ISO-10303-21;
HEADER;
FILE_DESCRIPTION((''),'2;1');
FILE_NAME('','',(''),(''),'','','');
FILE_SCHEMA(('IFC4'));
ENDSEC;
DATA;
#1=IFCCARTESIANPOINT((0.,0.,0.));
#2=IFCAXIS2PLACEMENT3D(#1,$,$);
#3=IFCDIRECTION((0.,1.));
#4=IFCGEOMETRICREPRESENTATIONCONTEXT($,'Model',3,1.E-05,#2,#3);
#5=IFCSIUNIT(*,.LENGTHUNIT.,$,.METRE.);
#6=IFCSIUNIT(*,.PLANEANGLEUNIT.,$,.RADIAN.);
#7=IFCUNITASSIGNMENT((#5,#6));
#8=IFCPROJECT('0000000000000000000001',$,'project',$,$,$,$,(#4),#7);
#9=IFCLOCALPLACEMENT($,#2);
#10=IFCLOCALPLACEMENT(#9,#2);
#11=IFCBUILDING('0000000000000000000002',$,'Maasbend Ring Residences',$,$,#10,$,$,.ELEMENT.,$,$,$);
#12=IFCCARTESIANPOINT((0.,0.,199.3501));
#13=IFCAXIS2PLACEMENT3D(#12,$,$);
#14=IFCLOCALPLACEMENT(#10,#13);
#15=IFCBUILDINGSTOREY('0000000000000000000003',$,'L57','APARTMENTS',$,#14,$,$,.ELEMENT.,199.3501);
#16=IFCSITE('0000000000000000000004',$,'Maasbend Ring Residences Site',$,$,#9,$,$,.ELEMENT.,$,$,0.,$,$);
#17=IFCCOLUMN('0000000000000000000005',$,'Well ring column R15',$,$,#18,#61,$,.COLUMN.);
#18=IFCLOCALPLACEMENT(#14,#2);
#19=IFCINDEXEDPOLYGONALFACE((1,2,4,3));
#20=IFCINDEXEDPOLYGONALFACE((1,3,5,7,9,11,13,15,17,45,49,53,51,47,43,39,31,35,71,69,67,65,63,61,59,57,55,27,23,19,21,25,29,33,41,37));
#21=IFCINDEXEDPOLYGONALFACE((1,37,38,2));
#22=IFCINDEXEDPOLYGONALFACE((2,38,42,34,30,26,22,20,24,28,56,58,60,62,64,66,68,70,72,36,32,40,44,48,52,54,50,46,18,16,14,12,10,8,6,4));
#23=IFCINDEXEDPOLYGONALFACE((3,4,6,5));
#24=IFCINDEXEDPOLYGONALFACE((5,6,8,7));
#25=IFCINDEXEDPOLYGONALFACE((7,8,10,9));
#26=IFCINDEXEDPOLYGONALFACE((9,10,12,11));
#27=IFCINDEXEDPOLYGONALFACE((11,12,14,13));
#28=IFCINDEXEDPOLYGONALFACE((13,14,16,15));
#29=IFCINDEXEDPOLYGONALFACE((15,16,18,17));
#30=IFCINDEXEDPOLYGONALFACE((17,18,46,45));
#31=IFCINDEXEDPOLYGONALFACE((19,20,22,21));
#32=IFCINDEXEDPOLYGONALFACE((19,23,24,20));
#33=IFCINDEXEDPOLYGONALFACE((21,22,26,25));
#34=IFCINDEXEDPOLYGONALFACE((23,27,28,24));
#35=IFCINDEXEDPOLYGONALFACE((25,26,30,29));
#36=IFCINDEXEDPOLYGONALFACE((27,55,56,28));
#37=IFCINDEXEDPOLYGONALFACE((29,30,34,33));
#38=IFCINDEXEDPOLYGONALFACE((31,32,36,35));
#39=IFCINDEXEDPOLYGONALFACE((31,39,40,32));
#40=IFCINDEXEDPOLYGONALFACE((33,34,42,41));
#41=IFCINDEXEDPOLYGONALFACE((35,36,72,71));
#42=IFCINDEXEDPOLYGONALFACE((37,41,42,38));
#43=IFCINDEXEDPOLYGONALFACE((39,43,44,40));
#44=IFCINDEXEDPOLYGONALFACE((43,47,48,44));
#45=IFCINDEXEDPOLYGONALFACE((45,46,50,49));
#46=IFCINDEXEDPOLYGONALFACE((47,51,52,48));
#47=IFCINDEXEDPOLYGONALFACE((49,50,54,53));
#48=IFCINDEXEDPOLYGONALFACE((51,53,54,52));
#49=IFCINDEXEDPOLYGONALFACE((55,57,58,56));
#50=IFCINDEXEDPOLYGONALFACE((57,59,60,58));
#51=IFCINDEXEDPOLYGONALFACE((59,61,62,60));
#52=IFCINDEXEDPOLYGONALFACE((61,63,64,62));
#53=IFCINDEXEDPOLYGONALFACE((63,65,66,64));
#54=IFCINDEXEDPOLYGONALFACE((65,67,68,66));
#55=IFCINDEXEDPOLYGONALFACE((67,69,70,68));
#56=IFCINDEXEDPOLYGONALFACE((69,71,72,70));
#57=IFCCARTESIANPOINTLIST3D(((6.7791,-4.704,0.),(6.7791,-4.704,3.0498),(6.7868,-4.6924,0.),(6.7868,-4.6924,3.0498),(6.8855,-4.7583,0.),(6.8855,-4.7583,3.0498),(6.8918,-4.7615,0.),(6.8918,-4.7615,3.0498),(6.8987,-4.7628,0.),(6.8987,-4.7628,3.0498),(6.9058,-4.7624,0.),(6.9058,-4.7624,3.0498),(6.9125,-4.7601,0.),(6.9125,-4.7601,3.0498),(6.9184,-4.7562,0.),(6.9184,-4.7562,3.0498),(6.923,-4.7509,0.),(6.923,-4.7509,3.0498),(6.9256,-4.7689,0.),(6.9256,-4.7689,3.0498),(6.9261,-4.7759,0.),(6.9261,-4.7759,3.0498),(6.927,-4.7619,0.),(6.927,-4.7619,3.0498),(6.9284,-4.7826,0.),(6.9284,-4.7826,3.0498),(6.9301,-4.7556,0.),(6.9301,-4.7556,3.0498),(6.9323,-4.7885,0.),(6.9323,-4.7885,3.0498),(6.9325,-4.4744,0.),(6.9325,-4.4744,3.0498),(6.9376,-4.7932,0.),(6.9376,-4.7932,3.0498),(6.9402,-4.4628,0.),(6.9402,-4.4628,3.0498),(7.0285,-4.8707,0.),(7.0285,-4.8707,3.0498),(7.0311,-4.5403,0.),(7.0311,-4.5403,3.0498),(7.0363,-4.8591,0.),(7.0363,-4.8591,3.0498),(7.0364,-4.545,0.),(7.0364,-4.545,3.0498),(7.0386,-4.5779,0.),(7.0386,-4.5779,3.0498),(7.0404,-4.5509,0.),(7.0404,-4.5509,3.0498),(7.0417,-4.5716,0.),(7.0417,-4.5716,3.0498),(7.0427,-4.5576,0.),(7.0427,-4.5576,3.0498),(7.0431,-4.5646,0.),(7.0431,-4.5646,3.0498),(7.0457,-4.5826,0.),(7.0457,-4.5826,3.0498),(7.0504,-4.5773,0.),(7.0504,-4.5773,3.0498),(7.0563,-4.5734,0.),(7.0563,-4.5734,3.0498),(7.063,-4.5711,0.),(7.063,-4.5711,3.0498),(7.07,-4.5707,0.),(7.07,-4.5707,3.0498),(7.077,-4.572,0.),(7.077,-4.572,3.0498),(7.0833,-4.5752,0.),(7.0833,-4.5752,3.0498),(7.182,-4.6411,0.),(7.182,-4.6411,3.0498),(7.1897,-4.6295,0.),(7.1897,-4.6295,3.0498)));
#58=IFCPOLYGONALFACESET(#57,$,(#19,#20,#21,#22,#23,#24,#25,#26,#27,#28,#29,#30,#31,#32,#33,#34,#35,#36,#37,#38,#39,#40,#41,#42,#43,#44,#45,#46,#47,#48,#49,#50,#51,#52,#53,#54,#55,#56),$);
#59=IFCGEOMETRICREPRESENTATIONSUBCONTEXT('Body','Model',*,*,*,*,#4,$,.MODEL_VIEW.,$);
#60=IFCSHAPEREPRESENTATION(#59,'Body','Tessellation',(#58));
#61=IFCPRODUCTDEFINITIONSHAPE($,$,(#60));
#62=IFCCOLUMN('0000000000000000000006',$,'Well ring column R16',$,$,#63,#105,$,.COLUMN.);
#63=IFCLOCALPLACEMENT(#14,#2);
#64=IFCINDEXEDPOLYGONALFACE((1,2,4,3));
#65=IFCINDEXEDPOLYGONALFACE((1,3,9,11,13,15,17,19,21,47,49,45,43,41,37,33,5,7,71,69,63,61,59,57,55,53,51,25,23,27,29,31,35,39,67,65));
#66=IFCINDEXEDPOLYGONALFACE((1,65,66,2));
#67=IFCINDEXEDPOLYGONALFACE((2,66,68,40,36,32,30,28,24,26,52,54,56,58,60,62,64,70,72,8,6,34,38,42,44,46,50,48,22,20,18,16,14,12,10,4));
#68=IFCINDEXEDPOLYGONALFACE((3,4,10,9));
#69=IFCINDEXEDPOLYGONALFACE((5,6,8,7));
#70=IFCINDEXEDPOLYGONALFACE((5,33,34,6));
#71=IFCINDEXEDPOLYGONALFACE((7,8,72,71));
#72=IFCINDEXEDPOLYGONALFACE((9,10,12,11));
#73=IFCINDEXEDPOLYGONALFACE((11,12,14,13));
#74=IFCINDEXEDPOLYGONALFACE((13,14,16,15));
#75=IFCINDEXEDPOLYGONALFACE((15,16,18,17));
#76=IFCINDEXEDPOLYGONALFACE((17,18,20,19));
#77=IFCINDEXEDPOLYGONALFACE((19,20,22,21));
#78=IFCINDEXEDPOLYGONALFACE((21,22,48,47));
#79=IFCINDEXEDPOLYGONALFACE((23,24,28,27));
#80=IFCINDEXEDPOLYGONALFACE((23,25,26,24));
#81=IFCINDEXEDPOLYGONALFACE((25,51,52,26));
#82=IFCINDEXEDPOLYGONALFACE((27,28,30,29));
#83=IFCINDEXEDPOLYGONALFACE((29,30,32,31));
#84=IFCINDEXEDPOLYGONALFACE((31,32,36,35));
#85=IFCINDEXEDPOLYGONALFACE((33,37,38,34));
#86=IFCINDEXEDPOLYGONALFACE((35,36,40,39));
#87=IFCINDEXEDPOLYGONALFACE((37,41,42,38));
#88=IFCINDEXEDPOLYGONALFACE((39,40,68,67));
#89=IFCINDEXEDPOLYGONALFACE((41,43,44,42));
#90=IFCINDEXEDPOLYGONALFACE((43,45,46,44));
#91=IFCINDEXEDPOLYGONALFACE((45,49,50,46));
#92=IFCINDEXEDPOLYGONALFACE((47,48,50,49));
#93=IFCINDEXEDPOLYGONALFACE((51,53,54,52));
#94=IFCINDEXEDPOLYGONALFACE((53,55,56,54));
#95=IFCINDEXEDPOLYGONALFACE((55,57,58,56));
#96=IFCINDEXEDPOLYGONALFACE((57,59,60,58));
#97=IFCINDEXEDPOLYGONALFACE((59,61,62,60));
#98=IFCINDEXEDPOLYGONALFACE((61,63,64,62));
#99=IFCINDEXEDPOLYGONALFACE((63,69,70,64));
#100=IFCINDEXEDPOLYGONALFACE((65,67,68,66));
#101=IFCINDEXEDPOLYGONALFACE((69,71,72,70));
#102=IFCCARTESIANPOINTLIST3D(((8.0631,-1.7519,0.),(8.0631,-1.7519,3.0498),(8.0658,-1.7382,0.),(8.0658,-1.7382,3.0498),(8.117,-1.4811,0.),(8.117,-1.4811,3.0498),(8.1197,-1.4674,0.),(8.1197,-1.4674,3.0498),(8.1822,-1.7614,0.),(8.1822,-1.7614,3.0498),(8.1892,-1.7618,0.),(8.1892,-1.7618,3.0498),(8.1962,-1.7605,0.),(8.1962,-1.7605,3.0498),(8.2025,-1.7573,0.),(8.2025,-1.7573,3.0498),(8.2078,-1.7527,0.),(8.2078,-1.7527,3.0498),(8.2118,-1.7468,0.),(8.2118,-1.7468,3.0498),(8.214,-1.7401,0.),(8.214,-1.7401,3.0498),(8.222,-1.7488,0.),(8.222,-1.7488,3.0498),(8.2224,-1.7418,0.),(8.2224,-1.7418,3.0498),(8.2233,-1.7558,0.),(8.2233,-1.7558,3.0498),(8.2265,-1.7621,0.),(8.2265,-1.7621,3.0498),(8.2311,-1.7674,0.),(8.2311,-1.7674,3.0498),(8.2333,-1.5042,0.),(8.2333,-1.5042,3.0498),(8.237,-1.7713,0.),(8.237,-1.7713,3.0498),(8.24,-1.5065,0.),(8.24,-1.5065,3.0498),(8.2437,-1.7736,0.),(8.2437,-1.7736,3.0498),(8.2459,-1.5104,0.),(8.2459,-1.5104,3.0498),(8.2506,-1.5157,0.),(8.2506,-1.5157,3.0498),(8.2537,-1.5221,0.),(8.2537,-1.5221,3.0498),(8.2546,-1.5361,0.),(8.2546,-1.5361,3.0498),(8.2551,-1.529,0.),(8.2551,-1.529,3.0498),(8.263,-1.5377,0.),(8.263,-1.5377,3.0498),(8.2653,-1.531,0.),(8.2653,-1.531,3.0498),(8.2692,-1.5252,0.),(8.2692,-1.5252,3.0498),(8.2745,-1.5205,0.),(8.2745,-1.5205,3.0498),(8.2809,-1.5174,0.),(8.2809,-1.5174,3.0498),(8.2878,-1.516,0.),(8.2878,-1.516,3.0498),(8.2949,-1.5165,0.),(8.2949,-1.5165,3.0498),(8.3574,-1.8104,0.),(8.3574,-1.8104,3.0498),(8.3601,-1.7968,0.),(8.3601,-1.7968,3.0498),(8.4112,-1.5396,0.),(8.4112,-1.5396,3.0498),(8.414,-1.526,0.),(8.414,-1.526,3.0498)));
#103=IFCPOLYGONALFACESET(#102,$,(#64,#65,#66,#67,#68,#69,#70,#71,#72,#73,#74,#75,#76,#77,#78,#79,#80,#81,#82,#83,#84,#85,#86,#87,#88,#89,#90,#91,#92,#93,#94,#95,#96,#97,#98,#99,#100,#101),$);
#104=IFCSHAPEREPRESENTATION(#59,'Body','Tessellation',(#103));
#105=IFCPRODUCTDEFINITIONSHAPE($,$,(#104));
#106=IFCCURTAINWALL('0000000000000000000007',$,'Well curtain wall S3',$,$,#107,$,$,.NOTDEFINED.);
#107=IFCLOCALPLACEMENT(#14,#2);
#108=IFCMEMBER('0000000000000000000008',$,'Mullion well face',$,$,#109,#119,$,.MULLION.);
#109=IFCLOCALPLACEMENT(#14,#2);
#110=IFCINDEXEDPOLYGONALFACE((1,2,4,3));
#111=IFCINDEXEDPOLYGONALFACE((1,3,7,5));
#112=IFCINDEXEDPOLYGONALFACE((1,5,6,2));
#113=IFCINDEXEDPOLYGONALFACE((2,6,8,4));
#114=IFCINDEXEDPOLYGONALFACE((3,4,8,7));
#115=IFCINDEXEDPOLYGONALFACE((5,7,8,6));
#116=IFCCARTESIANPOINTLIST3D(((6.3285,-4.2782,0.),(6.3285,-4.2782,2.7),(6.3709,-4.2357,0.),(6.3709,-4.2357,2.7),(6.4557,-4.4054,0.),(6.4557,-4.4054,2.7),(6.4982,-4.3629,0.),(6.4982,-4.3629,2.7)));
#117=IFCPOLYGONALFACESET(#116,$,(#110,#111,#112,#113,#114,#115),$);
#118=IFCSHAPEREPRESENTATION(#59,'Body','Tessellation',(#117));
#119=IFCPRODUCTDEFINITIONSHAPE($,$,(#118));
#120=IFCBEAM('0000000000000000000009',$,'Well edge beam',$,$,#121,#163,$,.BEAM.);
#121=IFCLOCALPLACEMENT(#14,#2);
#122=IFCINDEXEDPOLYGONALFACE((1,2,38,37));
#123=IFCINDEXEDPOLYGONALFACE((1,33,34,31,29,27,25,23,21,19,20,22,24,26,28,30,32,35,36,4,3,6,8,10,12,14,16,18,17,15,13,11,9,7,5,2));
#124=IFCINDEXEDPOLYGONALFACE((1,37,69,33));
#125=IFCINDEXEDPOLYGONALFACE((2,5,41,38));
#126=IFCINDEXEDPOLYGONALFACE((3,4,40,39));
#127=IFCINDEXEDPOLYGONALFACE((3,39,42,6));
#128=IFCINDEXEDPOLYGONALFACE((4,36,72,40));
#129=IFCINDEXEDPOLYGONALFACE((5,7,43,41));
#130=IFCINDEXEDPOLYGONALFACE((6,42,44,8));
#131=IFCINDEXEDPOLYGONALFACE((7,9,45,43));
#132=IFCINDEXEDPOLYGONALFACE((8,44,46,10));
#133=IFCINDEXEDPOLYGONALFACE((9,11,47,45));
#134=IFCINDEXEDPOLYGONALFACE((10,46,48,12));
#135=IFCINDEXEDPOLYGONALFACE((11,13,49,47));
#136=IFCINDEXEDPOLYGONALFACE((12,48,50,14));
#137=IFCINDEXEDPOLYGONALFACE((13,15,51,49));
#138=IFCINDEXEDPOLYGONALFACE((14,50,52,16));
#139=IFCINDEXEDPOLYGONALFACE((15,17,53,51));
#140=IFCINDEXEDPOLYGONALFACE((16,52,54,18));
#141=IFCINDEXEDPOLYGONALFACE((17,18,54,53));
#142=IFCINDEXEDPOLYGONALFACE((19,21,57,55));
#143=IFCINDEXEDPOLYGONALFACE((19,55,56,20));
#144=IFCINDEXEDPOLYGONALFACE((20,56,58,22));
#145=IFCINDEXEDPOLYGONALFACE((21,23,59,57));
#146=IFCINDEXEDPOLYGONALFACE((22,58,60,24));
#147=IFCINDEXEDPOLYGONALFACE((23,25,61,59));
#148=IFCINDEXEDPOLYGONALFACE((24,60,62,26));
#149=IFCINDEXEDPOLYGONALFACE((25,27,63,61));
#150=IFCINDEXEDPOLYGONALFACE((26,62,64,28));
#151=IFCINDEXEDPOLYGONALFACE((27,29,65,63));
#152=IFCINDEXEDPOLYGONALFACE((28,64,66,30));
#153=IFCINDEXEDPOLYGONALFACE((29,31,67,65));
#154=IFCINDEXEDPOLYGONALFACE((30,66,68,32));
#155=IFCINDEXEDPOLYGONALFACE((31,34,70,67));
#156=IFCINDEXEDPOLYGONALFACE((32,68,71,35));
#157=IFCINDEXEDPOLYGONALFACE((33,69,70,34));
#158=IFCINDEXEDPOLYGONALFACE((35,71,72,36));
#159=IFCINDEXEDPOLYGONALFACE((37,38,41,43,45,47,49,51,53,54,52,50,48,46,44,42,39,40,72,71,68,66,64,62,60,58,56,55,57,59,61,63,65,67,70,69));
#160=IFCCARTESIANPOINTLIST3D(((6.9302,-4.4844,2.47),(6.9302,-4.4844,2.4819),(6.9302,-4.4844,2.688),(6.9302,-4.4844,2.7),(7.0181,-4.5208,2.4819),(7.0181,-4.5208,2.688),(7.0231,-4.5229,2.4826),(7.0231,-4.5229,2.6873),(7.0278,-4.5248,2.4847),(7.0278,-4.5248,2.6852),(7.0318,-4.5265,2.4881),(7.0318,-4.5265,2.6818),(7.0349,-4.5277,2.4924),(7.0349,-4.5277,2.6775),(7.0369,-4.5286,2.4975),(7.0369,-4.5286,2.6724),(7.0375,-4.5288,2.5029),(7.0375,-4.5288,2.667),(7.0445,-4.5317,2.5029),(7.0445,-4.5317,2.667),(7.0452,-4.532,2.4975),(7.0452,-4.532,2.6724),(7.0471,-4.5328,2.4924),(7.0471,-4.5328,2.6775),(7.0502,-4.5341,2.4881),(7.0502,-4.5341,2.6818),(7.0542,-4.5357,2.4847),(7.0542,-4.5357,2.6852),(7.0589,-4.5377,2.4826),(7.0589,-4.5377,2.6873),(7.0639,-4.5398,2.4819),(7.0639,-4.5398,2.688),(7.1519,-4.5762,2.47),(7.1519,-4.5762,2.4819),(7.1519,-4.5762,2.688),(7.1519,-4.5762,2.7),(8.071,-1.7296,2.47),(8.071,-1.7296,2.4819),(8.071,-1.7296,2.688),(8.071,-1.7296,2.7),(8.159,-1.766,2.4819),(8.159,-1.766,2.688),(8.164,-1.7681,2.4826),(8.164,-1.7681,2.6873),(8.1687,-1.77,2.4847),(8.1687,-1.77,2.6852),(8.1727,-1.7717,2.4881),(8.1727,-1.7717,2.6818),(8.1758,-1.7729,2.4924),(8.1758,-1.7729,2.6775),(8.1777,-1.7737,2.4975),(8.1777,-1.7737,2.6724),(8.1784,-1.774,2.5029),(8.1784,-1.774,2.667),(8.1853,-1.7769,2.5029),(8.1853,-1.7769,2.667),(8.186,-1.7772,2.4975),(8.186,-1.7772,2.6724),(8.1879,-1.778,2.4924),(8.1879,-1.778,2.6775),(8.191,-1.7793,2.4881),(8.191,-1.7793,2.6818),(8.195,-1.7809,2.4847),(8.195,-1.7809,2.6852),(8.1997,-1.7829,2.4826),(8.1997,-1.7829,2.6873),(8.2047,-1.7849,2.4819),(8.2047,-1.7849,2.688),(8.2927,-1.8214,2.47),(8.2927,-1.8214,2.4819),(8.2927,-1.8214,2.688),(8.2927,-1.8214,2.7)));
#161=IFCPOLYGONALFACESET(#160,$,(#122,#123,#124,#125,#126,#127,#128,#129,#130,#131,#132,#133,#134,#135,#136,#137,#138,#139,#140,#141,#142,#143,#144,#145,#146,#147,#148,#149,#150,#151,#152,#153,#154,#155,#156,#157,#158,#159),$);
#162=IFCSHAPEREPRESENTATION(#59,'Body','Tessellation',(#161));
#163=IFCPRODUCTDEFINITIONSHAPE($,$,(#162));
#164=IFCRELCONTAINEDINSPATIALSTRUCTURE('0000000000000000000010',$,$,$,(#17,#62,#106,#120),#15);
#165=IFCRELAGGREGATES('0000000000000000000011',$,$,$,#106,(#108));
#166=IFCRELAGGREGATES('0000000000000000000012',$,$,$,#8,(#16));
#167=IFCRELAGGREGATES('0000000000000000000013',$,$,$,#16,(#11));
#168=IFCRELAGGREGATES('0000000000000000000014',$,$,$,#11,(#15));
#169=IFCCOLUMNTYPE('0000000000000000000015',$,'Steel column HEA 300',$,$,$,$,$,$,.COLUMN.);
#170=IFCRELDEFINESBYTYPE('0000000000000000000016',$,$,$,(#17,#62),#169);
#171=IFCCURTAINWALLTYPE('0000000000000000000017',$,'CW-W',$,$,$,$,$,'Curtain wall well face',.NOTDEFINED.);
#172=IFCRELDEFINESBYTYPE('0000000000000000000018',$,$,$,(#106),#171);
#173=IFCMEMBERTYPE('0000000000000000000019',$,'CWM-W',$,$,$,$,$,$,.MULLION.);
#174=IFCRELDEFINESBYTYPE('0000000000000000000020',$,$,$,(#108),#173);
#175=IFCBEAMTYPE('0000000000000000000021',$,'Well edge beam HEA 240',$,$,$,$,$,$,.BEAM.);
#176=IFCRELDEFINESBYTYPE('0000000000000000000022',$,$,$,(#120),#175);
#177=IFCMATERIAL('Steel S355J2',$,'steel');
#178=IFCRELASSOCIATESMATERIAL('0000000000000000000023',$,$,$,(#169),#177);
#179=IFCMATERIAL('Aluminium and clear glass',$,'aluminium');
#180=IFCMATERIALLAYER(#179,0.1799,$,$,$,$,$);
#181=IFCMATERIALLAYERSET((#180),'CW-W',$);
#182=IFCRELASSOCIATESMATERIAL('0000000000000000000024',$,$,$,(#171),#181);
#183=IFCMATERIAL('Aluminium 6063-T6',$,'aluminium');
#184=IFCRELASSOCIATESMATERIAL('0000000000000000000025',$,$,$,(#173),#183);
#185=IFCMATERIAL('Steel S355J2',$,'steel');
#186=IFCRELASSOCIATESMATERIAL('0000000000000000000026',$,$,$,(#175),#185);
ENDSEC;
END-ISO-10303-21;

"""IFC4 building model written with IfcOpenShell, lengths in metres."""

from ifc_helpers import new_model, si_unit, direction, frame, origin, origin_2d, place, context, subcontext, project, spatial, rectangle, i_section, extrude, material, layer, layer_set, material_profile, profile_set, type_object, element, aggregate, save


model = new_model("IFC4")

# Units and contexts
model_context = context("Model", 3, precision=1e-05, world=origin(), true_north=direction((0.0, 1.0)))
body_context = subcontext(model_context, "Body", "Model", "MODEL_VIEW")
ifc_project = project(units=[si_unit("LENGTHUNIT", "METRE"), si_unit("PLANEANGLEUNIT", "RADIAN")], contexts=[model_context])

# Site, building, storey
site_placement = place(None, origin())
site = spatial("IfcSite", under=ifc_project, at=site_placement, Name="Maasbend Ring Residences Site", CompositionType="ELEMENT", RefElevation=0.0)
building_placement = place(site_placement, origin())
building = spatial("IfcBuilding", under=site, at=building_placement, Name="Maasbend Ring Residences", CompositionType="ELEMENT")
storey_placement = place(building_placement, frame((0.0, 0.0, 199.3501)))
storey = spatial("IfcBuildingStorey", under=building, at=storey_placement, Name="L57", Description="APARTMENTS", CompositionType="ELEMENT", Elevation=199.3501)

# Columns
ifc_material_1 = material(Name="Steel S355J2", Category="steel")
ifc_material_profile_1 = material_profile(ifc_material_1, i_section(OverallWidth=0.3, OverallDepth=0.29, WebThickness=0.0085, FlangeThickness=0.0139, FilletRadius=0.0271, at=origin_2d()), Name="HEA 300")
ifc_profile_set_1 = profile_set([ifc_material_profile_1], Name="Steel S355J2")
column_type = type_object("IfcColumnType", Name="Steel column HEA 300", PredefinedType="COLUMN", material=ifc_profile_set_1)
for number, where, z_axis, x_axis, name in (
    (1, (6.9844, -4.6667, 0.0), (0.0, 0.0, 1.0), (0.83147, -0.55557, 0.0), "Well ring column R15"),
    (2, (8.2385, -1.6389, 0.0), (0.0, 0.0, 1.0), (0.980785, -0.19509, 0.0), "Well ring column R16"),
):
    element("IfcColumn", number, at=place(storey_placement, frame(where, z_axis=z_axis, x_axis=x_axis)), inside=storey, type_object=column_type, Name=name, PredefinedType="COLUMN", context=body_context, shape_type="SweptSolid", body=[
        extrude(i_section(OverallWidth=0.3, OverallDepth=0.29, WebThickness=0.0085, FlangeThickness=0.0139, FilletRadius=0.0271, at=origin_2d()), origin(), (0.0, 0.0, 1.0), 3.0498),
    ])

# Curtain wall, member
ifc_material_2 = material(Name="Aluminium and clear glass", Category="aluminium")
ifc_layer_1 = layer(ifc_material_2, 0.1799)
ifc_layer_set_1 = layer_set([ifc_layer_1], Name="CW-W")
curtain_wall_type = type_object("IfcCurtainWallType", Name="CW-W", ElementType="Curtain wall well face", PredefinedType="NOTDEFINED", material=ifc_layer_set_1)
curtain_wall_placement = place(storey_placement, origin())
curtain_wall = element("IfcCurtainWall", 3, at=curtain_wall_placement, inside=storey, type_object=curtain_wall_type, Name="Well curtain wall S3", PredefinedType="NOTDEFINED")
ifc_material_3 = material(Name="Aluminium 6063-T6", Category="aluminium")
ifc_material_profile_2 = material_profile(ifc_material_3, rectangle(XDim=0.1799, YDim=0.0601, at=origin_2d()), Name="AL 180x60")
ifc_profile_set_2 = profile_set([ifc_material_profile_2], Name="Aluminium 6063-T6")
member_type = type_object("IfcMemberType", Name="CWM-W", PredefinedType="MULLION", material=ifc_profile_set_2)
member_placement = place(storey_placement, frame((6.4133, -4.3206, 0.0), z_axis=(0.0, 0.0, 1.0), x_axis=(-0.707107, 0.707107, 0.0)))
member = element("IfcMember", 4, at=member_placement, type_object=member_type, Name="Mullion well face", PredefinedType="MULLION", context=body_context, shape_type="SweptSolid", body=[
    extrude(rectangle(XDim=0.1799, YDim=0.0601, at=origin_2d()), origin(), (0.0, 0.0, 1.0), 2.7),
])

# Beam
ifc_material_4 = material(Name="Steel S355J2", Category="steel")
ifc_material_profile_3 = material_profile(ifc_material_4, i_section(OverallWidth=0.24, OverallDepth=0.23, WebThickness=0.0076, FlangeThickness=0.012, FilletRadius=0.021, at=origin_2d()), Name="HEA 240")
ifc_profile_set_3 = profile_set([ifc_material_profile_3], Name="Steel S355J2")
beam_type = type_object("IfcBeamType", Name="Well edge beam HEA 240", PredefinedType="BEAM", material=ifc_profile_set_3)
beam_1_placement = place(storey_placement, frame((7.041, -4.5303, 2.585), z_axis=(0.382615, 0.923908, 0.0), x_axis=(-0.923908, 0.382615, 0.0)))
element("IfcBeam", 5, at=beam_1_placement, inside=storey, type_object=beam_type, Name="Well edge beam", PredefinedType="BEAM", context=body_context, shape_type="SweptSolid", body=[
    extrude(i_section(OverallWidth=0.24, OverallDepth=0.23, WebThickness=0.0076, FlangeThickness=0.012, FilletRadius=0.021, at=origin_2d()), origin(), (0.0, 0.0, 1.0), 2.9817),
])

aggregate(curtain_wall, [member])

save(model, "model.ifc")
